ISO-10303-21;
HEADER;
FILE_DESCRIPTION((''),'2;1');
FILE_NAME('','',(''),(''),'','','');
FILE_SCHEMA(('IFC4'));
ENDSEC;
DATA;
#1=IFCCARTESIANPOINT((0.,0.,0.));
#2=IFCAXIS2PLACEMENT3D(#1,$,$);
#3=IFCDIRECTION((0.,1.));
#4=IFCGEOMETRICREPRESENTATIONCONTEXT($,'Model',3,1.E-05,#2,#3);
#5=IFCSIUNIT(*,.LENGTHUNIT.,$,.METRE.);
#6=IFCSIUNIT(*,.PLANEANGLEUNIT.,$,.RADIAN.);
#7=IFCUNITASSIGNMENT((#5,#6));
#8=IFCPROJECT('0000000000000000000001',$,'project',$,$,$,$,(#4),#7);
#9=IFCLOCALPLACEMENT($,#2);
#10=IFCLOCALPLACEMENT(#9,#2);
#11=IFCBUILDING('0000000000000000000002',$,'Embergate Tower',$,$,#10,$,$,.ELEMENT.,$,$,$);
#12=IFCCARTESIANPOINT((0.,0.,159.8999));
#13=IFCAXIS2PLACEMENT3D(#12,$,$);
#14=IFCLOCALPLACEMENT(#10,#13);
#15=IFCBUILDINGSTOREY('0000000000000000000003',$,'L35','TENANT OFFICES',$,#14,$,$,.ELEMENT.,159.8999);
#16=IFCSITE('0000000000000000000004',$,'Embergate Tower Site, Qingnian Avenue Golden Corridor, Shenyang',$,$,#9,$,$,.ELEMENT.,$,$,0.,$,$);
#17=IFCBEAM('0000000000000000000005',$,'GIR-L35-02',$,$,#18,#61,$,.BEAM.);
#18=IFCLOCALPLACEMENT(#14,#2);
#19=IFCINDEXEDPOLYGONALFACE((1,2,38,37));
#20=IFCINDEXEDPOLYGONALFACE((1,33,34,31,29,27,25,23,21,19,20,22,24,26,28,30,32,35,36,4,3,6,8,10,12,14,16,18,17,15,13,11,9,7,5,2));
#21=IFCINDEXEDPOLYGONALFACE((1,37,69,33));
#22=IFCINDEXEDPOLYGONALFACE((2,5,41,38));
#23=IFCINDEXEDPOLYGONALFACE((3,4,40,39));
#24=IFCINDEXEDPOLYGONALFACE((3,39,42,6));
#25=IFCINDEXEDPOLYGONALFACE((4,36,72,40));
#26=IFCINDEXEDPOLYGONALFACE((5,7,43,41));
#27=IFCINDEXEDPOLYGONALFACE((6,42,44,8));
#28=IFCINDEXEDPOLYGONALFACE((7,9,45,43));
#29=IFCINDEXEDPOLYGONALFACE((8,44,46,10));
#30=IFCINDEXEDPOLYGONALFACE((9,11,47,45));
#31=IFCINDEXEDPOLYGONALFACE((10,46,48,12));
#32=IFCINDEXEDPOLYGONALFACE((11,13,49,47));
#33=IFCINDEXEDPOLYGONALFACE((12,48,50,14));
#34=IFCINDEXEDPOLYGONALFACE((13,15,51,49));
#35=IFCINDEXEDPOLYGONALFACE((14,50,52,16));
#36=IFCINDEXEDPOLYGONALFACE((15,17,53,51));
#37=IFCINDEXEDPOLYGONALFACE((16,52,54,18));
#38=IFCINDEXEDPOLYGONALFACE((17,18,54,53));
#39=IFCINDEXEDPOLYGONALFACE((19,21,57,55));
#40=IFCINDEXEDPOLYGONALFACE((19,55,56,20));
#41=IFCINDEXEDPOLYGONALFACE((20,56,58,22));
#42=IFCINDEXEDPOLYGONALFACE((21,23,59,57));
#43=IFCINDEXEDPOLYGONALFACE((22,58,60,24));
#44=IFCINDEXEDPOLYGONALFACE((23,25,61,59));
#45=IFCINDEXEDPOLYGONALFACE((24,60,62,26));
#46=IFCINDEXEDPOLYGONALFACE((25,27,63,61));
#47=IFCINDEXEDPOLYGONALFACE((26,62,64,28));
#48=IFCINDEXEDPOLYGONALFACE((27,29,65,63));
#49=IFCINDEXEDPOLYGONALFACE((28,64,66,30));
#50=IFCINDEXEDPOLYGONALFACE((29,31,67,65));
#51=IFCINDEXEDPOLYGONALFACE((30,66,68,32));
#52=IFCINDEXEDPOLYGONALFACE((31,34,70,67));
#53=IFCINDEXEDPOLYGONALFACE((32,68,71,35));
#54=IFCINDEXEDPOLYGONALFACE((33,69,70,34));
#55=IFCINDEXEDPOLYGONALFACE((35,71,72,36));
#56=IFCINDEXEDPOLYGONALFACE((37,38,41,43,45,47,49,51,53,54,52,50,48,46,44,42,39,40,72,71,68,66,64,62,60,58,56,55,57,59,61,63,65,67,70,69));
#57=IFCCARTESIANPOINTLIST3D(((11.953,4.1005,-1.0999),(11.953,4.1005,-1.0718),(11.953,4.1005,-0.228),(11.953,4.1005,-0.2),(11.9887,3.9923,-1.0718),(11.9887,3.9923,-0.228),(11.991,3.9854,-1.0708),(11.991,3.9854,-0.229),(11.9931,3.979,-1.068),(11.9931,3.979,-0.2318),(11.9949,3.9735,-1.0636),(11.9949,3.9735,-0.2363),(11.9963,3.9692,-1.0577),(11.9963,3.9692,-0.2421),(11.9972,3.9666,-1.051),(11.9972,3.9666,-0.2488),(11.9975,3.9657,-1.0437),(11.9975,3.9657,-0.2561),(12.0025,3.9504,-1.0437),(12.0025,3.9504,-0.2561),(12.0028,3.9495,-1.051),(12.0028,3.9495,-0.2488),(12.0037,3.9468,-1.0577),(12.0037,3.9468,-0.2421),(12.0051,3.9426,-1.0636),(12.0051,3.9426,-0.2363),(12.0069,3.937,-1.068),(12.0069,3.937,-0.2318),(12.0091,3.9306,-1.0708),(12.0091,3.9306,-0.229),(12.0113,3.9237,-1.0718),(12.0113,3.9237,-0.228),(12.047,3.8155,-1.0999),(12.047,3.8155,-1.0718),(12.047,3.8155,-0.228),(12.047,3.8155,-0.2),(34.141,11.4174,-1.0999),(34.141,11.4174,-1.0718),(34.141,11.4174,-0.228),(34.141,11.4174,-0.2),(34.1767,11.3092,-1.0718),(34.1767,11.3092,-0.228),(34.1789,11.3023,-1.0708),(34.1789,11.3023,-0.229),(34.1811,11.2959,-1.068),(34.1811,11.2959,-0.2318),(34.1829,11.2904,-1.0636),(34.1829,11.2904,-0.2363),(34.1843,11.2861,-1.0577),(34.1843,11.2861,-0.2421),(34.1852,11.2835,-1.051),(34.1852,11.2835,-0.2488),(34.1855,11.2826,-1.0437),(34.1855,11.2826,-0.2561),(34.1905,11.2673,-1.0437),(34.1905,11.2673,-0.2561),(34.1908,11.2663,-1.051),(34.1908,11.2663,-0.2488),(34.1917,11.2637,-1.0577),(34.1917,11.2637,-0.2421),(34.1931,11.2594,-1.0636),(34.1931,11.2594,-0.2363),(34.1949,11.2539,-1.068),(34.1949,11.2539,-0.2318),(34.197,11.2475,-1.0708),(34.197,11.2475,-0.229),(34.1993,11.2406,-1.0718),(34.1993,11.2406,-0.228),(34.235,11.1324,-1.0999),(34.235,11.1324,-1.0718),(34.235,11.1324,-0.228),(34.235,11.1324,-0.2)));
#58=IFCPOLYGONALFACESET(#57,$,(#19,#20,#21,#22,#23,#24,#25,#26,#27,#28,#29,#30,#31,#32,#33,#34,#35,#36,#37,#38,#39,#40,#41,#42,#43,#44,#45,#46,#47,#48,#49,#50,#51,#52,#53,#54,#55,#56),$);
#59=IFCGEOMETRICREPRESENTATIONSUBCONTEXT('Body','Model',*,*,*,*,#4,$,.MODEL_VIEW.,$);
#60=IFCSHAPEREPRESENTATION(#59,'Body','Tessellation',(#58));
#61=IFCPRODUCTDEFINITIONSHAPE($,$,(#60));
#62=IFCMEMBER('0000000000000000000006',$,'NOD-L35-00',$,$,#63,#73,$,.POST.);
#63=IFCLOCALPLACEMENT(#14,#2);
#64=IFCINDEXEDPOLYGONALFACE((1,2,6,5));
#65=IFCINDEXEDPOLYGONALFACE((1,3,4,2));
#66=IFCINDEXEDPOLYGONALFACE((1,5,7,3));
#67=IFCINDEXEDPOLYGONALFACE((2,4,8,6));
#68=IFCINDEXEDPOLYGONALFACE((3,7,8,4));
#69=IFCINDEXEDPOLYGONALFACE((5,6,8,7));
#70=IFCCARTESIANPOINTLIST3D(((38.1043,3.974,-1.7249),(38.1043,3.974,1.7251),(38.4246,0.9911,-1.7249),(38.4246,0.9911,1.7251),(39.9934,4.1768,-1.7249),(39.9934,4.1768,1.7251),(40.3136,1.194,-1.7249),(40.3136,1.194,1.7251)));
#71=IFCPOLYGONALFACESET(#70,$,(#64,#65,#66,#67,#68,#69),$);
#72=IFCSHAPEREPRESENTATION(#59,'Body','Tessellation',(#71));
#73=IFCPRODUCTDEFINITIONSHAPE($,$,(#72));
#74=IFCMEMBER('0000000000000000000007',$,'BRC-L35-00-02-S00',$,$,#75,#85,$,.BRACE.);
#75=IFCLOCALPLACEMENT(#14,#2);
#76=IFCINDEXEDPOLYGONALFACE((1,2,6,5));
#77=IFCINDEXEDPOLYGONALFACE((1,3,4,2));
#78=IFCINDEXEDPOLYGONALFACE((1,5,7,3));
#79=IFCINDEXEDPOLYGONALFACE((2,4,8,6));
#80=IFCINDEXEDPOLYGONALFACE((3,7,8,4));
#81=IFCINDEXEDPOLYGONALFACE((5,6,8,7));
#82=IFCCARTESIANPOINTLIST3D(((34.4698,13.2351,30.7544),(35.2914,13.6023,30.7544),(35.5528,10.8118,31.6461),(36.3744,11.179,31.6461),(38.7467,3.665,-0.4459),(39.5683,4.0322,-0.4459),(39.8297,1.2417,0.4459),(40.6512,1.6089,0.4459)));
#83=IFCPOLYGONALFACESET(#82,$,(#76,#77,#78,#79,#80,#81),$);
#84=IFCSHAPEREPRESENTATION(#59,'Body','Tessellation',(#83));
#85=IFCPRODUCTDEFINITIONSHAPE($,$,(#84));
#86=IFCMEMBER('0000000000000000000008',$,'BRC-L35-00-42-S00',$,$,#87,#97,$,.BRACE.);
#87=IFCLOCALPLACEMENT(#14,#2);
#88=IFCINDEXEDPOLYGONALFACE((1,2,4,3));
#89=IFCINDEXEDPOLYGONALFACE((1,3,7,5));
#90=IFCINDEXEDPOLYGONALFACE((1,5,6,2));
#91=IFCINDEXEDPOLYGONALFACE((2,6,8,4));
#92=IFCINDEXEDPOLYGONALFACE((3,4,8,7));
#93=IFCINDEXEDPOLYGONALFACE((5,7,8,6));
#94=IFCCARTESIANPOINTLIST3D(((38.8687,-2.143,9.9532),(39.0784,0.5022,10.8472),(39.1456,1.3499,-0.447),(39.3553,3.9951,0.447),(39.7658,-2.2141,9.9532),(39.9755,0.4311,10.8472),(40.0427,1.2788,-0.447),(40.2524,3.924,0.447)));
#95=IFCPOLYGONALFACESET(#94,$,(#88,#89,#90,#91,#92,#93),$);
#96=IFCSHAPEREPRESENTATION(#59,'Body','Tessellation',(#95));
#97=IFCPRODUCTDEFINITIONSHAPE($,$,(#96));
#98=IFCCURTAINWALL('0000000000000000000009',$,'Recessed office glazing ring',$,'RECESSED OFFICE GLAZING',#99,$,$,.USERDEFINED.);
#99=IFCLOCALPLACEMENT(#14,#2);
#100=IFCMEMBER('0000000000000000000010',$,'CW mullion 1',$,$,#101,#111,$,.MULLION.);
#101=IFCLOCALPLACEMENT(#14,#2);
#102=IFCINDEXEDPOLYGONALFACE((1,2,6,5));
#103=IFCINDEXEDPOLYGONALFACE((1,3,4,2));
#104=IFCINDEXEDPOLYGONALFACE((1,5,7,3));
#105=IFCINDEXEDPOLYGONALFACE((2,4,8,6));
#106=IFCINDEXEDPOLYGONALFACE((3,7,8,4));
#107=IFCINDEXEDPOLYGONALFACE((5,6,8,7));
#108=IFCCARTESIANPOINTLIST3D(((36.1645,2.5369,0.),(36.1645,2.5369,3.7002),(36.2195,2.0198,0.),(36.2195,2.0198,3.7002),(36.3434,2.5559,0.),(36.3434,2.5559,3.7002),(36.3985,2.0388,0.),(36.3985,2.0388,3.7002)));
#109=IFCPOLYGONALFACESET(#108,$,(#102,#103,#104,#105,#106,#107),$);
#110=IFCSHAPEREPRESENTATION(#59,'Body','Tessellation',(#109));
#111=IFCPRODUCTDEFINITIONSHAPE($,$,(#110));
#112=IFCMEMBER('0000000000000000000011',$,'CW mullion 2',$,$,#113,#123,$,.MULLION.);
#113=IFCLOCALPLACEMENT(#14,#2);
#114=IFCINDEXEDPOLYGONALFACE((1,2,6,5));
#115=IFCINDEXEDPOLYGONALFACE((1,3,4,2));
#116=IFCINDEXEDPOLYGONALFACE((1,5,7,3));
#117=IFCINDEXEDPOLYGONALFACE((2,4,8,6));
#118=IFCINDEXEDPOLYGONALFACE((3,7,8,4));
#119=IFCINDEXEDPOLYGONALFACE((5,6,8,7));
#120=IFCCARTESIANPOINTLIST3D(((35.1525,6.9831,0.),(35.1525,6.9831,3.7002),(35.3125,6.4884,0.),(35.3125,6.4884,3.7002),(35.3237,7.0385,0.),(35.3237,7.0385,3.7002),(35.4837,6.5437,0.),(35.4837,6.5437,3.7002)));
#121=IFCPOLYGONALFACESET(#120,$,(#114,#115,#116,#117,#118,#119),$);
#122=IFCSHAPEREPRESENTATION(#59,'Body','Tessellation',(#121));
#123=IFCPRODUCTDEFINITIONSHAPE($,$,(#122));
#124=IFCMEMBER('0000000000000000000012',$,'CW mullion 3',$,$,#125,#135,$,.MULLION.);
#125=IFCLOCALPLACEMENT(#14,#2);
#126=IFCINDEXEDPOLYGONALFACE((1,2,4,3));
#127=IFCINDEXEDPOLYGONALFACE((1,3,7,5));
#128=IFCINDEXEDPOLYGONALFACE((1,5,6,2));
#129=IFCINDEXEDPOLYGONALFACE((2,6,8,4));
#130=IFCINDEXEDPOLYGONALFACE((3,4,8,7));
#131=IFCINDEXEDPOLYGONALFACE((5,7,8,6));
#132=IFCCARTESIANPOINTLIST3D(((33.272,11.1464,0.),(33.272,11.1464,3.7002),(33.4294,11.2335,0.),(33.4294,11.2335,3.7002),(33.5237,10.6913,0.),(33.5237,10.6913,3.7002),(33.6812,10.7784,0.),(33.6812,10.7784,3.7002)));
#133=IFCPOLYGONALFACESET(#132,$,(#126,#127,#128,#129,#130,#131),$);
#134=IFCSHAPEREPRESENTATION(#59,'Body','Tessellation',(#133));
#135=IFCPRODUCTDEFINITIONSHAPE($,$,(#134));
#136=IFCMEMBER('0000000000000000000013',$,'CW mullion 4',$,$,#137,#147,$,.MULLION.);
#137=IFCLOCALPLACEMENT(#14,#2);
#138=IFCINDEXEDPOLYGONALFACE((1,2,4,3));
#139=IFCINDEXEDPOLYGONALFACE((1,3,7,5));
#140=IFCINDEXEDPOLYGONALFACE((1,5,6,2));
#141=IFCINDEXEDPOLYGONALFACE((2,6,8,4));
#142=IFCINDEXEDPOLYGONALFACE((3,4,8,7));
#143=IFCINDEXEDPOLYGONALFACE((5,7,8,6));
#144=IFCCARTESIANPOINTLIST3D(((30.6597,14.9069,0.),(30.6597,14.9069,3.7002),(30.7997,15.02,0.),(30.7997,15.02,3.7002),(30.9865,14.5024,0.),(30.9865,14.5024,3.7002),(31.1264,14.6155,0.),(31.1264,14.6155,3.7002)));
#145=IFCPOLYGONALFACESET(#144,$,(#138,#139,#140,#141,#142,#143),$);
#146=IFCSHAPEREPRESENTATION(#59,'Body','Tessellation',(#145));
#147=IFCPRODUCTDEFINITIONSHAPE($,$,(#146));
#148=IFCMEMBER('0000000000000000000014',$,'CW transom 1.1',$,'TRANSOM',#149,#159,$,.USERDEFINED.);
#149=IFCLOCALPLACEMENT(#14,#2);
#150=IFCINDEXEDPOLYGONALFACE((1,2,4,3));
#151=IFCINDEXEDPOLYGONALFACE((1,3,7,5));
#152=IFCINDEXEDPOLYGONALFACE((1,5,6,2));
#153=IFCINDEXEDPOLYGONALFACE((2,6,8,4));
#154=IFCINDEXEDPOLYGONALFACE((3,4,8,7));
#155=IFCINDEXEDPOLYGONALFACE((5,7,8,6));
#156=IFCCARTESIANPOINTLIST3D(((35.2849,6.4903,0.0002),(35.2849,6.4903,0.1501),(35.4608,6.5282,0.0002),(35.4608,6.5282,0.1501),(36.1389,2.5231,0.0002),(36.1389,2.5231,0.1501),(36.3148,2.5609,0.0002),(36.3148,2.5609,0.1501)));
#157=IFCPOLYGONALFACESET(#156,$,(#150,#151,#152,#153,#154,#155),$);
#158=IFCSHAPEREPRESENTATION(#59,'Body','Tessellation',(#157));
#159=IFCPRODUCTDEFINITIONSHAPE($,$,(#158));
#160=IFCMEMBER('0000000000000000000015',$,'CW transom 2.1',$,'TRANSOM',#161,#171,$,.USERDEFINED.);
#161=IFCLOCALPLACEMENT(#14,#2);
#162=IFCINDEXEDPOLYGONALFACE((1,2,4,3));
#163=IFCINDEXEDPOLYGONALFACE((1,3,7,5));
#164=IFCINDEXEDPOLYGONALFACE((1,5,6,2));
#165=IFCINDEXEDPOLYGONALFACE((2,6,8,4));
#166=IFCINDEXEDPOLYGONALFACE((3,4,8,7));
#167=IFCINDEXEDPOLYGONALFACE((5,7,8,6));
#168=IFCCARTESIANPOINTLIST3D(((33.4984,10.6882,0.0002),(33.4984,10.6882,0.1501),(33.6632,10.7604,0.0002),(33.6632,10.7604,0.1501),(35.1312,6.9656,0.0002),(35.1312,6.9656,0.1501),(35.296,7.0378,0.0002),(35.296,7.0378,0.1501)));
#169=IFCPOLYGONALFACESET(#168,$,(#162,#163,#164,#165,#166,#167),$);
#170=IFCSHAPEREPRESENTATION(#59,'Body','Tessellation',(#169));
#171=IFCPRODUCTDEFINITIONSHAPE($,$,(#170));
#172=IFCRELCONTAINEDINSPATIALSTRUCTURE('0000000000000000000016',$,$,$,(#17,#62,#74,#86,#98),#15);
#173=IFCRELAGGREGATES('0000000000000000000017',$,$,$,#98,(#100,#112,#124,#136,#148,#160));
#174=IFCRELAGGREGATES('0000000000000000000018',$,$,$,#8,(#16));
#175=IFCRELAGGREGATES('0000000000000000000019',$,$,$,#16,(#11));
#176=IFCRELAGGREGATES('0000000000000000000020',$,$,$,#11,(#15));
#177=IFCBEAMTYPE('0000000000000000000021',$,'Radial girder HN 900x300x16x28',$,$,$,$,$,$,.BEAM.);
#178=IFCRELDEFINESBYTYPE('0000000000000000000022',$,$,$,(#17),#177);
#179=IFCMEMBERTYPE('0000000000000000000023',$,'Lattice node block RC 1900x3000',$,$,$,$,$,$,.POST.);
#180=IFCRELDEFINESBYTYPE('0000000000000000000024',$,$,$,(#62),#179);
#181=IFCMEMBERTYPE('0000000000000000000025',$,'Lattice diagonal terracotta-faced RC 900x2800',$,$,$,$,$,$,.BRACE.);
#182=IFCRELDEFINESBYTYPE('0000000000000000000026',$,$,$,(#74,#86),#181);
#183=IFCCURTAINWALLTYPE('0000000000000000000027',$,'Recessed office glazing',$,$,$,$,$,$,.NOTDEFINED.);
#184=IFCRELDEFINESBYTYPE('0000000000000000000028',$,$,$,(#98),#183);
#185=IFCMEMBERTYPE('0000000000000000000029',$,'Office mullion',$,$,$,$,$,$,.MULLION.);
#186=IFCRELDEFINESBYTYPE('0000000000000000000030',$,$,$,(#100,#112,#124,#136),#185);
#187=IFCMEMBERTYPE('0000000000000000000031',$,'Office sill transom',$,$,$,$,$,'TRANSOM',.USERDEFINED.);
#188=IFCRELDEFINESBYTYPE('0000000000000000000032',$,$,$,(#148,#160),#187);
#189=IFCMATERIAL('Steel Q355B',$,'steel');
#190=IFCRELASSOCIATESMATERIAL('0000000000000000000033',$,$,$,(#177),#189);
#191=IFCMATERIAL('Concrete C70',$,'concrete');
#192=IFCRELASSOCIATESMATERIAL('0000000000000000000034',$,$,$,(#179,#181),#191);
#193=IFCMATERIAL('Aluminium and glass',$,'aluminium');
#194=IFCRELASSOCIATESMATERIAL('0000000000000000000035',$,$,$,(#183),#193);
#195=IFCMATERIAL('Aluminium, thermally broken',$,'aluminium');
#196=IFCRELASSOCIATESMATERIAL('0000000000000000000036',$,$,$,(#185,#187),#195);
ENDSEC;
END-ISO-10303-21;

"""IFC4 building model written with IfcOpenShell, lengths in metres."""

from ifc_helpers import new_model, si_unit, direction, frame, origin, origin_2d, place, context, subcontext, project, spatial, rectangle, i_section, extrude, source, transform, mapped, material, material_profile, profile_set, type_object, element, aggregate, save


model = new_model("IFC4")

# Units and contexts
model_context = context("Model", 3, precision=1e-05, world=origin(), true_north=direction((0.0, 1.0)))
body_context = subcontext(model_context, "Body", "Model", "MODEL_VIEW")
ifc_project = project(units=[si_unit("LENGTHUNIT", "METRE"), si_unit("PLANEANGLEUNIT", "RADIAN")], contexts=[model_context])

# Site, building, storey
site_placement = place(None, origin())
site = spatial("IfcSite", under=ifc_project, at=site_placement, Name="Embergate Tower Site, Qingnian Avenue Golden Corridor, Shenyang", CompositionType="ELEMENT", RefElevation=0.0)
building_placement = place(site_placement, origin())
building = spatial("IfcBuilding", under=site, at=building_placement, Name="Embergate Tower", CompositionType="ELEMENT")
storey_placement = place(building_placement, frame((0.0, 0.0, 159.8999)))
storey = spatial("IfcBuildingStorey", under=building, at=storey_placement, Name="L35", Description="TENANT OFFICES", CompositionType="ELEMENT", Elevation=159.8999)

# Shared definitions
ifc_material_1 = material(Name="Concrete C70", Category="concrete")

# Beam
ifc_material_2 = material(Name="Steel Q355B", Category="steel")
ifc_material_profile_1 = material_profile(ifc_material_2, i_section(OverallWidth=0.3, OverallDepth=0.8999, WebThickness=0.0161, FlangeThickness=0.0281, FilletRadius=0.0281, at=origin_2d()), Name="HN 900x300x16x28")
ifc_profile_set_1 = profile_set([ifc_material_profile_1], Name="Steel Q355 grade B")
beam_type_1 = type_object("IfcBeamType", Name="Radial girder HN 900x300x16x28", PredefinedType="BEAM", material=ifc_profile_set_1)
shared_shape_1 = source(origin(), body_context, "Body", "SweptSolid", [
    extrude(i_section(OverallWidth=0.3, OverallDepth=0.8999, WebThickness=0.0161, FlangeThickness=0.0281, FilletRadius=0.0281, at=origin_2d()), origin(), (0.0, 0.0, 1.0), 23.3633),
])
beam_1_placement = place(storey_placement, frame((34.188, 11.2749, -0.6499), z_axis=(-0.949694, -0.313179, 0.0), x_axis=(0.313179, -0.949694, 0.0)))
element("IfcBeam", 1, at=beam_1_placement, inside=storey, type_object=beam_type_1, Name="GIR-L35-02", PredefinedType="BEAM", context=body_context, shape_type="MappedRepresentation", body=[
    mapped(shared_shape_1, transform((0.0, 0.0, 0.0))),
])

# Members
ifc_material_profile_2 = material_profile(ifc_material_1, rectangle(XDim=1.8999, YDim=3.0, at=origin_2d()), Name="RC 1900x3000")
ifc_profile_set_2 = profile_set([ifc_material_profile_2], Name="Concrete C70")
member_type_1 = type_object("IfcMemberType", Name="Lattice node block RC 1900x3000", PredefinedType="POST", material=ifc_profile_set_2)
shared_shape_2 = source(origin(), body_context, "Body", "SweptSolid", [
    extrude(rectangle(XDim=1.8999, YDim=3.0, at=origin_2d()), origin(), (0.0, 0.0, 1.0), 3.45),
])
member_1_placement = place(storey_placement, frame((39.209, 2.584, -1.7249), z_axis=(0.0, 0.0, 1.0), x_axis=(0.994286, 0.10675, 0.0)))
element("IfcMember", 2, at=member_1_placement, inside=storey, type_object=member_type_1, Name="NOD-L35-00", PredefinedType="POST", context=body_context, shape_type="MappedRepresentation", body=[
    mapped(shared_shape_2, transform((0.0, 0.0, 0.0))),
])
ifc_material_profile_3 = material_profile(ifc_material_1, rectangle(XDim=0.8999, YDim=2.8, at=origin_2d()), Name="RC 900x2800")
ifc_profile_set_3 = profile_set([ifc_material_profile_3], Name="Concrete C70")
member_type_2 = type_object("IfcMemberType", Name="Lattice diagonal terracotta-faced RC 900x2800", PredefinedType="BRACE", material=ifc_profile_set_3)
shared_shape_3 = source(origin(), body_context, "Body", "SweptSolid", [
    extrude(rectangle(XDim=0.8999, YDim=2.8, at=origin_2d()), origin(), (0.0, 0.0, 1.0), 32.9141),
])
member_2_placement = place(storey_placement, frame((39.699, 2.637, 0.0), z_axis=(-0.12994, 0.29076, 0.947931), x_axis=(-0.912978, -0.408009, 0.0)))
element("IfcMember", 3, at=member_2_placement, inside=storey, type_object=member_type_2, Name="BRC-L35-00-02-S00", PredefinedType="BRACE", context=body_context, shape_type="MappedRepresentation", body=[
    mapped(shared_shape_3, transform((0.0, 0.0, 0.0))),
])
shared_shape_4 = source(origin(), body_context, "Body", "SweptSolid", [
    extrude(rectangle(XDim=0.8999, YDim=2.8, at=origin_2d()), origin(), (0.0, 0.0, 1.0), 10.9746),
])
member_3_placement = place(storey_placement, frame((39.699, 2.637, 0.0), z_axis=(-0.025227, -0.318275, 0.947663), x_axis=(0.996873, -0.079014, 0.0)))
element("IfcMember", 4, at=member_3_placement, inside=storey, type_object=member_type_2, Name="BRC-L35-00-42-S00", PredefinedType="BRACE", context=body_context, shape_type="MappedRepresentation", body=[
    mapped(shared_shape_4, transform((0.0, 0.0, 0.0))),
])

# Curtain wall, members
ifc_material_3 = material(Name="Aluminium and glass", Category="aluminium")
curtain_wall_type = type_object("IfcCurtainWallType", Name="Recessed office glazing", PredefinedType="NOTDEFINED", material=ifc_material_3)
curtain_wall_placement = place(storey_placement, origin())
curtain_wall = element("IfcCurtainWall", 5, at=curtain_wall_placement, inside=storey, type_object=curtain_wall_type, Name="Recessed office glazing ring", ObjectType="RECESSED OFFICE GLAZING", PredefinedType="USERDEFINED")
ifc_material_4 = material(Name="Aluminium, thermally broken", Category="aluminium")
ifc_material_profile_4 = material_profile(ifc_material_4, rectangle(XDim=0.1799, YDim=0.52, at=origin_2d()), Name="AL 520x180")
ifc_profile_set_4 = profile_set([ifc_material_profile_4], Name="Aluminium, thermally broken")
member_type_3 = type_object("IfcMemberType", Name="Office mullion", PredefinedType="MULLION", material=ifc_profile_set_4)
shared_shape_5 = source(origin(), body_context, "Body", "SweptSolid", [
    extrude(rectangle(XDim=0.1799, YDim=0.52, at=origin_2d()), origin(), (0.0, 0.0, 1.0), 3.7002),
])
member_4_placement = place(storey_placement, frame((36.2815, 2.2878, 0.0), z_axis=(0.0, 0.0, 1.0), x_axis=(-0.994385, -0.105823, 0.0)))
member_4 = element("IfcMember", 6, at=member_4_placement, type_object=member_type_3, Name="CW mullion 1", PredefinedType="MULLION", context=body_context, shape_type="MappedRepresentation", body=[
    mapped(shared_shape_5, transform((0.0, 0.0, 0.0))),
])
member_5_placement = place(storey_placement, frame((35.3181, 6.7634, 0.0), z_axis=(0.0, 0.0, 1.0), x_axis=(-0.951498, -0.307656, 0.0)))
member_5 = element("IfcMember", 7, at=member_5_placement, type_object=member_type_3, Name="CW mullion 2", PredefinedType="MULLION", context=body_context, shape_type="MappedRepresentation", body=[
    mapped(shared_shape_5, transform((0.0, 0.0, 0.0))),
])
member_6_placement = place(storey_placement, frame((33.4766, 10.9624, 0.0), z_axis=(0.0, 0.0, 1.0), x_axis=(-0.875002, -0.484119, 0.0)))
member_6 = element("IfcMember", 8, at=member_6_placement, type_object=member_type_3, Name="CW mullion 3", PredefinedType="MULLION", context=body_context, shape_type="MappedRepresentation", body=[
    mapped(shared_shape_5, transform((0.0, 0.0, 0.0))),
])
member_7_placement = place(storey_placement, frame((30.8931, 14.7612, 0.0), z_axis=(0.0, 0.0, 1.0), x_axis=(-0.777873, -0.628422, 0.0)))
member_7 = element("IfcMember", 9, at=member_7_placement, type_object=member_type_3, Name="CW mullion 4", PredefinedType="MULLION", context=body_context, shape_type="MappedRepresentation", body=[
    mapped(shared_shape_5, transform((0.0, 0.0, 0.0))),
])
ifc_material_profile_5 = material_profile(ifc_material_4, rectangle(XDim=0.1799, YDim=0.1499, at=origin_2d()), Name="AL 150x180")
ifc_profile_set_5 = profile_set([ifc_material_profile_5], Name="Aluminium, thermally broken")
member_type_4 = type_object("IfcMemberType", Name="Office sill transom", ElementType="TRANSOM", PredefinedType="USERDEFINED", material=ifc_profile_set_5)
shared_shape_6 = source(origin(), body_context, "Body", "SweptSolid", [
    extrude(rectangle(XDim=0.1799, YDim=0.1499, at=origin_2d()), origin(), (0.0, 0.0, 1.0), 4.0581),
])
member_8_placement = place(storey_placement, frame((36.2268, 2.542, 0.0752), z_axis=(-0.210441, 0.977607, 0.0), x_axis=(-0.977607, -0.210441, 0.0)))
member_8 = element("IfcMember", 10, at=member_8_placement, type_object=member_type_4, Name="CW transom 1.1", ObjectType="TRANSOM", PredefinedType="USERDEFINED", context=body_context, shape_type="MappedRepresentation", body=[
    mapped(shared_shape_6, transform((0.0, 0.0, 0.0))),
])
shared_shape_7 = source(origin(), body_context, "Body", "SweptSolid", [
    extrude(rectangle(XDim=0.1799, YDim=0.1499, at=origin_2d()), origin(), (0.0, 0.0, 1.0), 4.0649),
])
member_9_placement = place(storey_placement, frame((35.2136, 7.0017, 0.0752), z_axis=(-0.401676, 0.915782, 0.0), x_axis=(-0.915782, -0.401676, 0.0)))
member_9 = element("IfcMember", 11, at=member_9_placement, type_object=member_type_4, Name="CW transom 2.1", ObjectType="TRANSOM", PredefinedType="USERDEFINED", context=body_context, shape_type="MappedRepresentation", body=[
    mapped(shared_shape_7, transform((0.0, 0.0, 0.0))),
])
aggregate(curtain_wall, [member_4, member_5, member_6, member_7, member_8, member_9])

save(model, "model.ifc")
